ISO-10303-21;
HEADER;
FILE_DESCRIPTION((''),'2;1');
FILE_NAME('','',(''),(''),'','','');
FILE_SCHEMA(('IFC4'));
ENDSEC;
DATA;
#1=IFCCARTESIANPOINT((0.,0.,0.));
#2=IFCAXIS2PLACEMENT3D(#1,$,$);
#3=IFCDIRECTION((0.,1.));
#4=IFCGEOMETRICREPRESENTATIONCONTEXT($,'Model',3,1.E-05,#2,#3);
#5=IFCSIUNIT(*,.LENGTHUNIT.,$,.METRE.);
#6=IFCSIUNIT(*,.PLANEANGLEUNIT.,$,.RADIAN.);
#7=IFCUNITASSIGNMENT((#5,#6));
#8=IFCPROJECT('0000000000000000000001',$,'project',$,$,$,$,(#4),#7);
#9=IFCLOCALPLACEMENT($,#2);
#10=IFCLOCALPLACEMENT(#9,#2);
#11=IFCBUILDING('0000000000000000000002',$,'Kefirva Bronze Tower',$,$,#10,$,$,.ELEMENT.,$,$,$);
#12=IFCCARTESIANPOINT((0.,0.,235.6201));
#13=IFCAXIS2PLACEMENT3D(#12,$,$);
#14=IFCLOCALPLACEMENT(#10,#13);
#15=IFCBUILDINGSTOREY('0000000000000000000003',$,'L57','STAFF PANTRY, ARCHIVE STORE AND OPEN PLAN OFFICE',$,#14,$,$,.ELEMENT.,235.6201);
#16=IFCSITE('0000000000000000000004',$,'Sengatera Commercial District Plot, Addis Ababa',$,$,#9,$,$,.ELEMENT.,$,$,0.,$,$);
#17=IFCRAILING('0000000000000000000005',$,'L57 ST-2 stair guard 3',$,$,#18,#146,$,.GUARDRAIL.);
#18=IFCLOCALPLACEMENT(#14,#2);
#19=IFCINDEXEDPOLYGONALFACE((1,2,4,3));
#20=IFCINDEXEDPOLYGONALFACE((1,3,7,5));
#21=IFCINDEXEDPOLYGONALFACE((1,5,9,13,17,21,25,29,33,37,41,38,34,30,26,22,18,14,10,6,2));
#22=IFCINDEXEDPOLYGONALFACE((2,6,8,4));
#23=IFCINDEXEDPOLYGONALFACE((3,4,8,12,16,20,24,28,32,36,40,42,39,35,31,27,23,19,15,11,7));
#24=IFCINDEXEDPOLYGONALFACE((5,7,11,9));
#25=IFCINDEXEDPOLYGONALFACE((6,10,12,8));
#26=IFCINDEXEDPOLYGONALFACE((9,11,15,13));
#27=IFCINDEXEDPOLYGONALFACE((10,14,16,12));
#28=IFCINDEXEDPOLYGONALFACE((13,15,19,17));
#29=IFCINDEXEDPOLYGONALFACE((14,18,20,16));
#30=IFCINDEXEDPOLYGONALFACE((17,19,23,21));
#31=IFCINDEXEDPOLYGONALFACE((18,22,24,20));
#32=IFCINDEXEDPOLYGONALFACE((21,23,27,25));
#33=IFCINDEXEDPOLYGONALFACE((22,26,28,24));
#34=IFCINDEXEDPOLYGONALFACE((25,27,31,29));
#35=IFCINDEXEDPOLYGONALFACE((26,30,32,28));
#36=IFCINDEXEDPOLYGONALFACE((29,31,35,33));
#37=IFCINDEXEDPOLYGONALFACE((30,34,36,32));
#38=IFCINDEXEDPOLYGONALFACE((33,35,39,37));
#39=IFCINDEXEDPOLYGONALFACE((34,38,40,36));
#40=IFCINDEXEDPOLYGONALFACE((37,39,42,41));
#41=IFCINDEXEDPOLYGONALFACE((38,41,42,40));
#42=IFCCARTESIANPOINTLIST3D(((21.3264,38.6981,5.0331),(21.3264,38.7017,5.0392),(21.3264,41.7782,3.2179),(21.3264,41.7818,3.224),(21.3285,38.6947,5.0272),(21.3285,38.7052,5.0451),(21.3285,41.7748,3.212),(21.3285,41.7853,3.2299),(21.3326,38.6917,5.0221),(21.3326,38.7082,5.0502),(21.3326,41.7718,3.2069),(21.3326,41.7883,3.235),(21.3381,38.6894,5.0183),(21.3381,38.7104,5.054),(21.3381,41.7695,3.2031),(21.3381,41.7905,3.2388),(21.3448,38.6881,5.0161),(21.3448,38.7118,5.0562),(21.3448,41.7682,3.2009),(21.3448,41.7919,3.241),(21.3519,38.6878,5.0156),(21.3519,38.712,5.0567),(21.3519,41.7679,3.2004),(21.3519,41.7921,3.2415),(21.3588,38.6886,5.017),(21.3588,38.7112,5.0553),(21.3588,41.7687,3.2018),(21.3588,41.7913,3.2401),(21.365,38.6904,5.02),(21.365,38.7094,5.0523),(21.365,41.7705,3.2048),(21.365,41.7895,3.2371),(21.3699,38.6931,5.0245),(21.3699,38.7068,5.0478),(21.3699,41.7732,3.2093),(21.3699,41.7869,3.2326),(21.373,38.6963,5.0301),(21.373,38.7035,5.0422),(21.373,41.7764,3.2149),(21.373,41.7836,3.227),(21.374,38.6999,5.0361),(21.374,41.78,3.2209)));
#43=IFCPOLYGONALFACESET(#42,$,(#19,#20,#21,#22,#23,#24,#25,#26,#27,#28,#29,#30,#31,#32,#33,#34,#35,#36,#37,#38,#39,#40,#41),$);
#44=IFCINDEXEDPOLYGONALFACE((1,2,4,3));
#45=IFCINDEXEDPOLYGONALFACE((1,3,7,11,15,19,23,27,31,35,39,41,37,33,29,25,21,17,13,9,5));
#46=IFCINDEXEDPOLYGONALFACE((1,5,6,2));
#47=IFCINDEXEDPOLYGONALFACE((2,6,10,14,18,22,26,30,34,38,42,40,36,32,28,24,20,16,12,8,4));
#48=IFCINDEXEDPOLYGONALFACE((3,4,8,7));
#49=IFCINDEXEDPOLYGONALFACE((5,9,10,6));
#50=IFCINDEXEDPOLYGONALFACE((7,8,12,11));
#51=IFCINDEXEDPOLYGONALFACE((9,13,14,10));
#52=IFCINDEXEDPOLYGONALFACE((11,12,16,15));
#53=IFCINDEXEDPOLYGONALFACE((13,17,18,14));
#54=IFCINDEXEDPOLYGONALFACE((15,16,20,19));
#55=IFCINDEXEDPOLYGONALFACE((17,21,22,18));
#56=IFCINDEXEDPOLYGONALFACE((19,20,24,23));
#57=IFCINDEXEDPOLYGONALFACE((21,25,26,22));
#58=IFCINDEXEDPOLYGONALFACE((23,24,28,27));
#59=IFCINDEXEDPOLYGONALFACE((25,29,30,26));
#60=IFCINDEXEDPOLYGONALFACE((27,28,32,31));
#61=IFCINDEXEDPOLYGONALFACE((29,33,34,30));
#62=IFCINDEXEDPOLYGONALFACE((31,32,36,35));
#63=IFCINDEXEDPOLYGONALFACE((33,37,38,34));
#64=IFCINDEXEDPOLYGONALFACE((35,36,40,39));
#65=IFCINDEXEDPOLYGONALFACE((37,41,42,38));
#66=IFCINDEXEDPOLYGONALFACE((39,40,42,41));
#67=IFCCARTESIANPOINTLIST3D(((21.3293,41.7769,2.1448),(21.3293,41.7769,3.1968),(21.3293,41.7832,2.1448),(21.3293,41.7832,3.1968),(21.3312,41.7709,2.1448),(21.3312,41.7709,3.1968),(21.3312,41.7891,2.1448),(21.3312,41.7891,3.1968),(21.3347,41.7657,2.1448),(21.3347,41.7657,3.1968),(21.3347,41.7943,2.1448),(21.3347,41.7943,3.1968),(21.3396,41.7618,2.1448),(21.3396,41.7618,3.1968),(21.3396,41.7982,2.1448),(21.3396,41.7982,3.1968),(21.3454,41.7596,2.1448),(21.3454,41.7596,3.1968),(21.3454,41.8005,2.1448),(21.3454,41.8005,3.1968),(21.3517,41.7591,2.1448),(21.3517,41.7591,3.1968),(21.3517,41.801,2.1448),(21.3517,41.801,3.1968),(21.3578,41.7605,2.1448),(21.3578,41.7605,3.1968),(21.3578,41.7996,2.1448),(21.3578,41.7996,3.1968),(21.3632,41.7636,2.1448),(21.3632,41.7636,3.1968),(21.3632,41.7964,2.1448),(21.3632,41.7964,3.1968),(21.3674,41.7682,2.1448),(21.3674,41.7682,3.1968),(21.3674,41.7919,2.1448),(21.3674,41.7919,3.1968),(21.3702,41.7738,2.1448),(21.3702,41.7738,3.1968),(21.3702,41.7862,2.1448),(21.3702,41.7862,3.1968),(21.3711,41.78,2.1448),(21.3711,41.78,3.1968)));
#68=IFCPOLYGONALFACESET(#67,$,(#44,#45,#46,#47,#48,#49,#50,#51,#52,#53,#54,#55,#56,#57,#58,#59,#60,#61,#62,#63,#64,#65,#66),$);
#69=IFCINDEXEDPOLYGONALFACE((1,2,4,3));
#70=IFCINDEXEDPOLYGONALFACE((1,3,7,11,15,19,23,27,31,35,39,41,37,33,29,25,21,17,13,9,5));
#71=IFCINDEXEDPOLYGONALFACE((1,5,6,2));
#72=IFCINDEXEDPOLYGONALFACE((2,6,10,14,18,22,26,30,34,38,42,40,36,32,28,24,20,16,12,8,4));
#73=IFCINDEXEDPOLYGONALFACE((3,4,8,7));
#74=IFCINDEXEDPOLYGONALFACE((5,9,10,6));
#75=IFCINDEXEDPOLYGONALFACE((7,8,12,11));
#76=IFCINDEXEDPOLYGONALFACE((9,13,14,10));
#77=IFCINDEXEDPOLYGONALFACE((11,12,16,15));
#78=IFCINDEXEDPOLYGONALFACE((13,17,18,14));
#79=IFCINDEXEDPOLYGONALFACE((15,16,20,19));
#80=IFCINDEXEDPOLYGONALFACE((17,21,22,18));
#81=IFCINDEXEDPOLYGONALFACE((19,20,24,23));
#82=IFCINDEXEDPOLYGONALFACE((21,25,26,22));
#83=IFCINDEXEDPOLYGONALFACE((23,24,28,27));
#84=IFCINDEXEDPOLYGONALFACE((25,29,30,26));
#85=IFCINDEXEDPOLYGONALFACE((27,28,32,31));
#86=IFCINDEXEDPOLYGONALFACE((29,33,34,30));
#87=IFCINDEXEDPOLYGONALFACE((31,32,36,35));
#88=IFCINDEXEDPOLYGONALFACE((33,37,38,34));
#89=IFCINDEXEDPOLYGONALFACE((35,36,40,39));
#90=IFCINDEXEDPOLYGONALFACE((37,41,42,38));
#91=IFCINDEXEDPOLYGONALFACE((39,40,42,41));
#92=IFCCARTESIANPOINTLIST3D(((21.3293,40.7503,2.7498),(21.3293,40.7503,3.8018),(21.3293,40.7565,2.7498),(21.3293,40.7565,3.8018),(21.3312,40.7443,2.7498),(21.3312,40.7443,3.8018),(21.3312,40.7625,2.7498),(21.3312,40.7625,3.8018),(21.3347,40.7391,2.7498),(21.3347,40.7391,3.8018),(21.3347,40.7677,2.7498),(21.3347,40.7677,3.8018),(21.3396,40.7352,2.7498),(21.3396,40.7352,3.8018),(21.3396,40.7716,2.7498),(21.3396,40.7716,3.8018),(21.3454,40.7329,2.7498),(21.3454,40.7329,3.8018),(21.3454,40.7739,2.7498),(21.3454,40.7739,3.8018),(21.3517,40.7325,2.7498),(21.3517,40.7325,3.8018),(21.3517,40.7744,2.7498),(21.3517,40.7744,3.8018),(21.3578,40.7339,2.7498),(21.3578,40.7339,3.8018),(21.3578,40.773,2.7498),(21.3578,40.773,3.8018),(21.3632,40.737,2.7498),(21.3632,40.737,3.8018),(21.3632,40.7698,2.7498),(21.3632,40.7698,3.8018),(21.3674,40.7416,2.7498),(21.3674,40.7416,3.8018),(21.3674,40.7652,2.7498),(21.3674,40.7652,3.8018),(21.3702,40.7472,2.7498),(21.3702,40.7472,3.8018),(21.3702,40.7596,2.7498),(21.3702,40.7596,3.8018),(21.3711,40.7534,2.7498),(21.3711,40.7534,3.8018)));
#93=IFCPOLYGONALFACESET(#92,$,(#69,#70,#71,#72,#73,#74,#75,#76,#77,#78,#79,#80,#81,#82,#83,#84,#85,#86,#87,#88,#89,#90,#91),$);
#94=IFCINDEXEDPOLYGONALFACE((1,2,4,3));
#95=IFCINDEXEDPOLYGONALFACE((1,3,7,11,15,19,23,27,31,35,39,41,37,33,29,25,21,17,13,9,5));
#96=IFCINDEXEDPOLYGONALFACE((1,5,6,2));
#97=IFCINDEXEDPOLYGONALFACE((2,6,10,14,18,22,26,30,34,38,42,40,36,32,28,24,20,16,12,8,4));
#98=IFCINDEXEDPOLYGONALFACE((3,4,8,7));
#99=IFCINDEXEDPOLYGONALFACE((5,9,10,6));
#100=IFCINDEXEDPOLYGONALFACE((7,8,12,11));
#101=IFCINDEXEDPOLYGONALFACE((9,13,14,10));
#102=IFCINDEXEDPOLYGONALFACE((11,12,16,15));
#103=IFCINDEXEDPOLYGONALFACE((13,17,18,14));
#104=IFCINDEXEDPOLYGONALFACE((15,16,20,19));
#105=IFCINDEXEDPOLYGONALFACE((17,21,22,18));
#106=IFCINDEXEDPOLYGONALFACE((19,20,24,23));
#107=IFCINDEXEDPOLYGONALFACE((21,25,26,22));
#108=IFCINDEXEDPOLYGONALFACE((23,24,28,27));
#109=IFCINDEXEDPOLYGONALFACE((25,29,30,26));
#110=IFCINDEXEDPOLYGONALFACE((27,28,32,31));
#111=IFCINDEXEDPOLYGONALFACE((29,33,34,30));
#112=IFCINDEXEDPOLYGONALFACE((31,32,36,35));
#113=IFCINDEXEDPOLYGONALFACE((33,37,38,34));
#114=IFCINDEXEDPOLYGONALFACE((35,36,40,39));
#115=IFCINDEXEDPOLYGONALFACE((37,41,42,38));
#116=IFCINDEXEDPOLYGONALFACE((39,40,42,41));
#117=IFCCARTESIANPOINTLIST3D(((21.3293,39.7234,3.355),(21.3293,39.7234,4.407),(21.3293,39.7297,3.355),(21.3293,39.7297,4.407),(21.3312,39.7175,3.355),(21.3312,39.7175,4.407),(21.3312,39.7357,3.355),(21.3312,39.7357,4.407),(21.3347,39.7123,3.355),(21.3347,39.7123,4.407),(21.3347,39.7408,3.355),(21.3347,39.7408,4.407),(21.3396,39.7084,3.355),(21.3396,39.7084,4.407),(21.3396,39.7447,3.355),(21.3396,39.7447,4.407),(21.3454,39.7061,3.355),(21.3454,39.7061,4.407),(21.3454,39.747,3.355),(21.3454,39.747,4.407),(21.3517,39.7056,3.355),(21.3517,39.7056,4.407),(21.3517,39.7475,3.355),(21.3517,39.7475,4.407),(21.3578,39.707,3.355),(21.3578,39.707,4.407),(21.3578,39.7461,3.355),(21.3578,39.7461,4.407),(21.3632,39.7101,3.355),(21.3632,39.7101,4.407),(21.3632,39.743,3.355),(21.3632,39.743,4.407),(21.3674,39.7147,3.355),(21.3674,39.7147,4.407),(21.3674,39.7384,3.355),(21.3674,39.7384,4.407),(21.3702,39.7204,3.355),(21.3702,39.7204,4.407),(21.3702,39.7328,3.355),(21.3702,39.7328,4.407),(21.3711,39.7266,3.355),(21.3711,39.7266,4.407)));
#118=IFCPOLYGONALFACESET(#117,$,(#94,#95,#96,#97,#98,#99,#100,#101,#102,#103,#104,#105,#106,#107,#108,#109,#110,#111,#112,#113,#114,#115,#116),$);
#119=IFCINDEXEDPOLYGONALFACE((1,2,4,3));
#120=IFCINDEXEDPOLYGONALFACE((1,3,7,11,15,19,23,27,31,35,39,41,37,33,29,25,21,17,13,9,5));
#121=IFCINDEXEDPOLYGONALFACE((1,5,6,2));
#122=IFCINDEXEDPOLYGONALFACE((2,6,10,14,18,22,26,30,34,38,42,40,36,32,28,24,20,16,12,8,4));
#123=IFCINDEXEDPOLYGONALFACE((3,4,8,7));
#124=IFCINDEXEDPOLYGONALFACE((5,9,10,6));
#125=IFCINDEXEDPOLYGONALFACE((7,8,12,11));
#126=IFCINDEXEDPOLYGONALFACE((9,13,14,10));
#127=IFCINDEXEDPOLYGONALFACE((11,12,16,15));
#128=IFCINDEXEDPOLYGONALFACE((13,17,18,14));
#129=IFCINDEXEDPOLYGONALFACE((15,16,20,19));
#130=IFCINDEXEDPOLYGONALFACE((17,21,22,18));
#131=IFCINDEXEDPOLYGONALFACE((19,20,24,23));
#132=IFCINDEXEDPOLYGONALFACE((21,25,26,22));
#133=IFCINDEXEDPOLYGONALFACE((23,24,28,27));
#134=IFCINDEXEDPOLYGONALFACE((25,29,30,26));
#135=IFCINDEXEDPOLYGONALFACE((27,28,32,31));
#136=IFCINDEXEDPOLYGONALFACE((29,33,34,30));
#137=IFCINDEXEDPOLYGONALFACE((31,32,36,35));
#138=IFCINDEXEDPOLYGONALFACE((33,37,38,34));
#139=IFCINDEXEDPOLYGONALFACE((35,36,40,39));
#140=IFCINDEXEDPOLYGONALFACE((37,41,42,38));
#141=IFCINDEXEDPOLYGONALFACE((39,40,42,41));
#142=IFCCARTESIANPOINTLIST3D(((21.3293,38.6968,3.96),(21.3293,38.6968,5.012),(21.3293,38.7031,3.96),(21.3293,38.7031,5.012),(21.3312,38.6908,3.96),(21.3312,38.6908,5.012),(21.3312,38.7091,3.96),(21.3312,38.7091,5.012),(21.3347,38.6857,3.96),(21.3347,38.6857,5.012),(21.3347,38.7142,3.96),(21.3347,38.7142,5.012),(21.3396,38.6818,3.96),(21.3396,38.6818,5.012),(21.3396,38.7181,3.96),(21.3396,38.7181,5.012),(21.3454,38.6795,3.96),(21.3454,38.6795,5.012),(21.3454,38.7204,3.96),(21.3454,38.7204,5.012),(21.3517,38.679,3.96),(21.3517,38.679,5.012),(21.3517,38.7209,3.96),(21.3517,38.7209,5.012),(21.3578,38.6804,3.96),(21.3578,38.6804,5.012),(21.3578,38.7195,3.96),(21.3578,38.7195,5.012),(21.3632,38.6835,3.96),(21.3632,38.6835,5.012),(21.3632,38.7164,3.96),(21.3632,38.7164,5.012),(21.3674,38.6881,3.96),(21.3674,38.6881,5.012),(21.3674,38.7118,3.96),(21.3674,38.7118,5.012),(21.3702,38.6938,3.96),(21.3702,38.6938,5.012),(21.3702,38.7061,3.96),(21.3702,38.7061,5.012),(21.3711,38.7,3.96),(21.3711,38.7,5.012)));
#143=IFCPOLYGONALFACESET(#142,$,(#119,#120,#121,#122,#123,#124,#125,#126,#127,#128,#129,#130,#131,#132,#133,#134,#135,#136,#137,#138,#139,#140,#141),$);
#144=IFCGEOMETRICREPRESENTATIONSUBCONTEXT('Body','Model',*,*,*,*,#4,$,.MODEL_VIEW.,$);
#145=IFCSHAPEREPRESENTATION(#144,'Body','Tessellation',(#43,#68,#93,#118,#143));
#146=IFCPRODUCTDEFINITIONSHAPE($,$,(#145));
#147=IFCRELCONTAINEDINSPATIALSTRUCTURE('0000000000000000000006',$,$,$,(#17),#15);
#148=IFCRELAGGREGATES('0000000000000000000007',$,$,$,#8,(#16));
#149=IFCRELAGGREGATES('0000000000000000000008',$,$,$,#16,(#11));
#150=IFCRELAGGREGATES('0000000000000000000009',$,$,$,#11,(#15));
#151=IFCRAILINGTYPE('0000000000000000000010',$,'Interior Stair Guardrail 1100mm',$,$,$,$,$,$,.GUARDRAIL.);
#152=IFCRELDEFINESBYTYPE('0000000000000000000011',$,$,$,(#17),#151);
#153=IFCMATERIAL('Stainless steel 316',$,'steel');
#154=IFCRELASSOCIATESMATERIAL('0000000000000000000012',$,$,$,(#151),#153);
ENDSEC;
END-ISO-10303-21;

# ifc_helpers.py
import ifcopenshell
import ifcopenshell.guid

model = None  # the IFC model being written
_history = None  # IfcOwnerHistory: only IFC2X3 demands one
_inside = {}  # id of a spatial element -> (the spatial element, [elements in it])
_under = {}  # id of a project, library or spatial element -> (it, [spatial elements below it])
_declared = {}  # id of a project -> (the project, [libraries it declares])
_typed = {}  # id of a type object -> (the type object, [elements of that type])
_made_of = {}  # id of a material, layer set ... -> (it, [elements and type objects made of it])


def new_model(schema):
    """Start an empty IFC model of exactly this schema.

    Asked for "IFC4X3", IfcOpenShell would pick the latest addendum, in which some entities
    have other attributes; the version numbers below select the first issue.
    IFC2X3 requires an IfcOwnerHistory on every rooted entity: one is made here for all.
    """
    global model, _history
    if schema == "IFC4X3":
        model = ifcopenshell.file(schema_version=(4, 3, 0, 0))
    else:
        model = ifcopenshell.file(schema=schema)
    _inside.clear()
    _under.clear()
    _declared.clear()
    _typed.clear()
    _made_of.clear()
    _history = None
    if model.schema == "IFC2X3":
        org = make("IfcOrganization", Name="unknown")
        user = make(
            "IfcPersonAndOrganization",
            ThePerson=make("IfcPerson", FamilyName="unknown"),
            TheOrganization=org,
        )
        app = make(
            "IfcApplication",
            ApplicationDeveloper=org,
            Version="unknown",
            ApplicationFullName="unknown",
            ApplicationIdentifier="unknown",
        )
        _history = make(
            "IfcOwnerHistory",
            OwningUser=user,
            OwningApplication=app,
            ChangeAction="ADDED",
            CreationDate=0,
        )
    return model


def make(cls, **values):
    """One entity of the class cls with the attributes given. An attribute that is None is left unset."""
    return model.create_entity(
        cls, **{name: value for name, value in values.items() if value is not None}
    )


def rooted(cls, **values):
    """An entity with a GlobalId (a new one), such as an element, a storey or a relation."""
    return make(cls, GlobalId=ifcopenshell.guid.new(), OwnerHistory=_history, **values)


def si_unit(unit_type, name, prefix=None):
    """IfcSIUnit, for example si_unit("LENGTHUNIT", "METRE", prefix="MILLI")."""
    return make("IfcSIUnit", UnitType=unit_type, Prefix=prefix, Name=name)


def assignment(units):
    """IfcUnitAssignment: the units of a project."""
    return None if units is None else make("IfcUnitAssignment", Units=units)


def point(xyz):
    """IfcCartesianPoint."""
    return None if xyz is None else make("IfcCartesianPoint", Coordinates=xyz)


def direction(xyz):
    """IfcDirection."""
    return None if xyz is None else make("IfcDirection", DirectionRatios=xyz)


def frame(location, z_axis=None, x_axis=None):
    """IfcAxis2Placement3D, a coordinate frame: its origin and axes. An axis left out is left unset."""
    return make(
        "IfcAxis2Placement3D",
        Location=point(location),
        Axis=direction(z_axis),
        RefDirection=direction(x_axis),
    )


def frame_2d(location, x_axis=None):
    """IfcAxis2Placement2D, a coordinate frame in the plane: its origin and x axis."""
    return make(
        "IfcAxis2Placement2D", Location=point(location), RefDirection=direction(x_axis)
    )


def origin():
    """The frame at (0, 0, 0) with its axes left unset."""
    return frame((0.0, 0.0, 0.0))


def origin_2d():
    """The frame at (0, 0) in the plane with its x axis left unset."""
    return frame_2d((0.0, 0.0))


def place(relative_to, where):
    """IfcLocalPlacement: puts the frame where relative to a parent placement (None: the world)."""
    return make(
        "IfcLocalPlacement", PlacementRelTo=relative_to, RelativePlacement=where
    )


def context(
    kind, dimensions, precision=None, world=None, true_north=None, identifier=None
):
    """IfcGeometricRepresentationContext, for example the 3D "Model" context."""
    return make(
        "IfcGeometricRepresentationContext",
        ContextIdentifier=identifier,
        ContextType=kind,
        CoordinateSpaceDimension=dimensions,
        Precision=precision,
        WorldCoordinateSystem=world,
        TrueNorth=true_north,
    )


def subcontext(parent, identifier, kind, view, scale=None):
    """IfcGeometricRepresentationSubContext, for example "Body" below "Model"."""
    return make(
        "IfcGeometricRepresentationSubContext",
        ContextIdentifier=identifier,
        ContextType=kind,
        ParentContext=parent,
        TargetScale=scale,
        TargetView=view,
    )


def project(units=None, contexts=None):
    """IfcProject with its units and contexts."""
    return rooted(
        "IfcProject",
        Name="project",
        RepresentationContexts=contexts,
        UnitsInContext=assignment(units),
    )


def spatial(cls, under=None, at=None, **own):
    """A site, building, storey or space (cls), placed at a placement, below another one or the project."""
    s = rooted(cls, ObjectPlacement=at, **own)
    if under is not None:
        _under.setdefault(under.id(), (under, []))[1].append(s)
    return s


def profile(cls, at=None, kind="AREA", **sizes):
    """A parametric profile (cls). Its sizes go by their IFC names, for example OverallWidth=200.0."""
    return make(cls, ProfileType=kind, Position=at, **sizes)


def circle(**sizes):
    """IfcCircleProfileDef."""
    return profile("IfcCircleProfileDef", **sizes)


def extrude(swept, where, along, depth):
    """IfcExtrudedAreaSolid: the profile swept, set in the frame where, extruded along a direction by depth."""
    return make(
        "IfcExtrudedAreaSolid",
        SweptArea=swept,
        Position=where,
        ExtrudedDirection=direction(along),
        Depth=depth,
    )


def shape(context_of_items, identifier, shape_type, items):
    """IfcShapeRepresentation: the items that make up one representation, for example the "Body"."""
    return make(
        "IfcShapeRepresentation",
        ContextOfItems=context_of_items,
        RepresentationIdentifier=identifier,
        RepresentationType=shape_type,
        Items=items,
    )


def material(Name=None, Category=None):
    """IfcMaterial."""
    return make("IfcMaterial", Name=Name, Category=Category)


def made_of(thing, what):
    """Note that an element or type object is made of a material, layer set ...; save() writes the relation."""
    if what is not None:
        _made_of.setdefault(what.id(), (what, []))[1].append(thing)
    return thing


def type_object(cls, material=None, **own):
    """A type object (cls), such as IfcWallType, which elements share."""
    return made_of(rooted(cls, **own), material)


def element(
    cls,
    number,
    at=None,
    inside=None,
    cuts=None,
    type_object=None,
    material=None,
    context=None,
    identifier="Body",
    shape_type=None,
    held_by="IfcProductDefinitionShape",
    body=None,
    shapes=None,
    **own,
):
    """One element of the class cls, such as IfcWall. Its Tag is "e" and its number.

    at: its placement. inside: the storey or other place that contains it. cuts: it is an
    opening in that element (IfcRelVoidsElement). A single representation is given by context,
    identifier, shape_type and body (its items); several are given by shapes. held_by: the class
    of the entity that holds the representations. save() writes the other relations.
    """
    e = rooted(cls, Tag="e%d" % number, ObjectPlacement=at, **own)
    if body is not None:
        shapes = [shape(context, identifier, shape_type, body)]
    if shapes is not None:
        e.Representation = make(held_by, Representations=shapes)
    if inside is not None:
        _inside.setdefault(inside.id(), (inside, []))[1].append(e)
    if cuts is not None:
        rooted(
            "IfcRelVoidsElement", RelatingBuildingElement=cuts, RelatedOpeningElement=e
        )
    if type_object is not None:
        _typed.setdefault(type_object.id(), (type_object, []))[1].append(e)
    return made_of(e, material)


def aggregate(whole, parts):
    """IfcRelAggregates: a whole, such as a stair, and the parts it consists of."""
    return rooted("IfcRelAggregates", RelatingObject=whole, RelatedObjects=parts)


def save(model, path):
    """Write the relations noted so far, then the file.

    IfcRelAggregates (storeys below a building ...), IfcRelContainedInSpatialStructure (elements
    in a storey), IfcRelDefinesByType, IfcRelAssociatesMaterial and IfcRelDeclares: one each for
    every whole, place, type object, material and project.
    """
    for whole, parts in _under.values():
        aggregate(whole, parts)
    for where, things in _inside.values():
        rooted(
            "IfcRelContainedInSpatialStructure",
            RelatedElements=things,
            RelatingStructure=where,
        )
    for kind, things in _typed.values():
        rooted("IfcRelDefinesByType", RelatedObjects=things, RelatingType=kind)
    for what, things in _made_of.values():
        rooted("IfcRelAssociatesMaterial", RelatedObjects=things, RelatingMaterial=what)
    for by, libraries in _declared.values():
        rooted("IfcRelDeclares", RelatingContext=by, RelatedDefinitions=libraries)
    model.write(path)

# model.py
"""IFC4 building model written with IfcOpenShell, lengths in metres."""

from ifc_helpers import new_model, si_unit, direction, frame, origin, origin_2d, place, context, subcontext, project, spatial, circle, extrude, material, type_object, element, save


model = new_model("IFC4")

# Units and contexts
model_context = context("Model", 3, precision=1e-05, world=origin(), true_north=direction((0.0, 1.0)))
body_context = subcontext(model_context, "Body", "Model", "MODEL_VIEW")
ifc_project = project(units=[si_unit("LENGTHUNIT", "METRE"), si_unit("PLANEANGLEUNIT", "RADIAN")], contexts=[model_context])

# Site, building, storey
site_placement = place(None, origin())
site = spatial("IfcSite", under=ifc_project, at=site_placement, Name="Sengatera Commercial District Plot, Addis Ababa", CompositionType="ELEMENT", RefElevation=0.0)
building_placement = place(site_placement, origin())
building = spatial("IfcBuilding", under=site, at=building_placement, Name="Kefirva Bronze Tower", CompositionType="ELEMENT")
storey_placement = place(building_placement, frame((0.0, 0.0, 235.6201)))
storey = spatial("IfcBuildingStorey", under=building, at=storey_placement, Name="L57", Description="STAFF PANTRY, ARCHIVE STORE AND OPEN PLAN OFFICE", CompositionType="ELEMENT", Elevation=235.6201)

# Shared definitions
ifc_material_1 = material(Name="Stainless steel 316", Category="steel")

# Railing
railing_type_1 = type_object("IfcRailingType", Name="Interior Stair Guardrail 1100mm", PredefinedType="GUARDRAIL", material=ifc_material_1)
railing_1_placement = place(storey_placement, frame((21.3501, 41.78, 2.1448)))
element("IfcRailing", 1, at=railing_1_placement, inside=storey, type_object=railing_type_1, Name="L57 ST-2 stair guard 3", PredefinedType="GUARDRAIL", context=body_context, shape_type="SweptSolid", body=[
    extrude(circle(Radius=0.0239, at=origin_2d()), frame((0.0, 0.0, 1.0762), z_axis=(0.0, -0.861521, 0.507721), x_axis=(1.0, 0.0, 0.0)), (0.0, 0.0, 1.0), 3.5752),
    extrude(circle(Radius=0.021, at=origin_2d()), origin(), (0.0, 0.0, 1.0), 1.052),
    extrude(circle(Radius=0.021, at=origin_2d()), frame((0.0, -1.0266, 0.605)), (0.0, 0.0, 1.0), 1.052),
    extrude(circle(Radius=0.021, at=origin_2d()), frame((0.0, -2.0535, 1.2102)), (0.0, 0.0, 1.0), 1.052),
    extrude(circle(Radius=0.021, at=origin_2d()), frame((0.0, -3.0801, 1.8152)), (0.0, 0.0, 1.0), 1.052),
])

save(model, "model.ifc")
